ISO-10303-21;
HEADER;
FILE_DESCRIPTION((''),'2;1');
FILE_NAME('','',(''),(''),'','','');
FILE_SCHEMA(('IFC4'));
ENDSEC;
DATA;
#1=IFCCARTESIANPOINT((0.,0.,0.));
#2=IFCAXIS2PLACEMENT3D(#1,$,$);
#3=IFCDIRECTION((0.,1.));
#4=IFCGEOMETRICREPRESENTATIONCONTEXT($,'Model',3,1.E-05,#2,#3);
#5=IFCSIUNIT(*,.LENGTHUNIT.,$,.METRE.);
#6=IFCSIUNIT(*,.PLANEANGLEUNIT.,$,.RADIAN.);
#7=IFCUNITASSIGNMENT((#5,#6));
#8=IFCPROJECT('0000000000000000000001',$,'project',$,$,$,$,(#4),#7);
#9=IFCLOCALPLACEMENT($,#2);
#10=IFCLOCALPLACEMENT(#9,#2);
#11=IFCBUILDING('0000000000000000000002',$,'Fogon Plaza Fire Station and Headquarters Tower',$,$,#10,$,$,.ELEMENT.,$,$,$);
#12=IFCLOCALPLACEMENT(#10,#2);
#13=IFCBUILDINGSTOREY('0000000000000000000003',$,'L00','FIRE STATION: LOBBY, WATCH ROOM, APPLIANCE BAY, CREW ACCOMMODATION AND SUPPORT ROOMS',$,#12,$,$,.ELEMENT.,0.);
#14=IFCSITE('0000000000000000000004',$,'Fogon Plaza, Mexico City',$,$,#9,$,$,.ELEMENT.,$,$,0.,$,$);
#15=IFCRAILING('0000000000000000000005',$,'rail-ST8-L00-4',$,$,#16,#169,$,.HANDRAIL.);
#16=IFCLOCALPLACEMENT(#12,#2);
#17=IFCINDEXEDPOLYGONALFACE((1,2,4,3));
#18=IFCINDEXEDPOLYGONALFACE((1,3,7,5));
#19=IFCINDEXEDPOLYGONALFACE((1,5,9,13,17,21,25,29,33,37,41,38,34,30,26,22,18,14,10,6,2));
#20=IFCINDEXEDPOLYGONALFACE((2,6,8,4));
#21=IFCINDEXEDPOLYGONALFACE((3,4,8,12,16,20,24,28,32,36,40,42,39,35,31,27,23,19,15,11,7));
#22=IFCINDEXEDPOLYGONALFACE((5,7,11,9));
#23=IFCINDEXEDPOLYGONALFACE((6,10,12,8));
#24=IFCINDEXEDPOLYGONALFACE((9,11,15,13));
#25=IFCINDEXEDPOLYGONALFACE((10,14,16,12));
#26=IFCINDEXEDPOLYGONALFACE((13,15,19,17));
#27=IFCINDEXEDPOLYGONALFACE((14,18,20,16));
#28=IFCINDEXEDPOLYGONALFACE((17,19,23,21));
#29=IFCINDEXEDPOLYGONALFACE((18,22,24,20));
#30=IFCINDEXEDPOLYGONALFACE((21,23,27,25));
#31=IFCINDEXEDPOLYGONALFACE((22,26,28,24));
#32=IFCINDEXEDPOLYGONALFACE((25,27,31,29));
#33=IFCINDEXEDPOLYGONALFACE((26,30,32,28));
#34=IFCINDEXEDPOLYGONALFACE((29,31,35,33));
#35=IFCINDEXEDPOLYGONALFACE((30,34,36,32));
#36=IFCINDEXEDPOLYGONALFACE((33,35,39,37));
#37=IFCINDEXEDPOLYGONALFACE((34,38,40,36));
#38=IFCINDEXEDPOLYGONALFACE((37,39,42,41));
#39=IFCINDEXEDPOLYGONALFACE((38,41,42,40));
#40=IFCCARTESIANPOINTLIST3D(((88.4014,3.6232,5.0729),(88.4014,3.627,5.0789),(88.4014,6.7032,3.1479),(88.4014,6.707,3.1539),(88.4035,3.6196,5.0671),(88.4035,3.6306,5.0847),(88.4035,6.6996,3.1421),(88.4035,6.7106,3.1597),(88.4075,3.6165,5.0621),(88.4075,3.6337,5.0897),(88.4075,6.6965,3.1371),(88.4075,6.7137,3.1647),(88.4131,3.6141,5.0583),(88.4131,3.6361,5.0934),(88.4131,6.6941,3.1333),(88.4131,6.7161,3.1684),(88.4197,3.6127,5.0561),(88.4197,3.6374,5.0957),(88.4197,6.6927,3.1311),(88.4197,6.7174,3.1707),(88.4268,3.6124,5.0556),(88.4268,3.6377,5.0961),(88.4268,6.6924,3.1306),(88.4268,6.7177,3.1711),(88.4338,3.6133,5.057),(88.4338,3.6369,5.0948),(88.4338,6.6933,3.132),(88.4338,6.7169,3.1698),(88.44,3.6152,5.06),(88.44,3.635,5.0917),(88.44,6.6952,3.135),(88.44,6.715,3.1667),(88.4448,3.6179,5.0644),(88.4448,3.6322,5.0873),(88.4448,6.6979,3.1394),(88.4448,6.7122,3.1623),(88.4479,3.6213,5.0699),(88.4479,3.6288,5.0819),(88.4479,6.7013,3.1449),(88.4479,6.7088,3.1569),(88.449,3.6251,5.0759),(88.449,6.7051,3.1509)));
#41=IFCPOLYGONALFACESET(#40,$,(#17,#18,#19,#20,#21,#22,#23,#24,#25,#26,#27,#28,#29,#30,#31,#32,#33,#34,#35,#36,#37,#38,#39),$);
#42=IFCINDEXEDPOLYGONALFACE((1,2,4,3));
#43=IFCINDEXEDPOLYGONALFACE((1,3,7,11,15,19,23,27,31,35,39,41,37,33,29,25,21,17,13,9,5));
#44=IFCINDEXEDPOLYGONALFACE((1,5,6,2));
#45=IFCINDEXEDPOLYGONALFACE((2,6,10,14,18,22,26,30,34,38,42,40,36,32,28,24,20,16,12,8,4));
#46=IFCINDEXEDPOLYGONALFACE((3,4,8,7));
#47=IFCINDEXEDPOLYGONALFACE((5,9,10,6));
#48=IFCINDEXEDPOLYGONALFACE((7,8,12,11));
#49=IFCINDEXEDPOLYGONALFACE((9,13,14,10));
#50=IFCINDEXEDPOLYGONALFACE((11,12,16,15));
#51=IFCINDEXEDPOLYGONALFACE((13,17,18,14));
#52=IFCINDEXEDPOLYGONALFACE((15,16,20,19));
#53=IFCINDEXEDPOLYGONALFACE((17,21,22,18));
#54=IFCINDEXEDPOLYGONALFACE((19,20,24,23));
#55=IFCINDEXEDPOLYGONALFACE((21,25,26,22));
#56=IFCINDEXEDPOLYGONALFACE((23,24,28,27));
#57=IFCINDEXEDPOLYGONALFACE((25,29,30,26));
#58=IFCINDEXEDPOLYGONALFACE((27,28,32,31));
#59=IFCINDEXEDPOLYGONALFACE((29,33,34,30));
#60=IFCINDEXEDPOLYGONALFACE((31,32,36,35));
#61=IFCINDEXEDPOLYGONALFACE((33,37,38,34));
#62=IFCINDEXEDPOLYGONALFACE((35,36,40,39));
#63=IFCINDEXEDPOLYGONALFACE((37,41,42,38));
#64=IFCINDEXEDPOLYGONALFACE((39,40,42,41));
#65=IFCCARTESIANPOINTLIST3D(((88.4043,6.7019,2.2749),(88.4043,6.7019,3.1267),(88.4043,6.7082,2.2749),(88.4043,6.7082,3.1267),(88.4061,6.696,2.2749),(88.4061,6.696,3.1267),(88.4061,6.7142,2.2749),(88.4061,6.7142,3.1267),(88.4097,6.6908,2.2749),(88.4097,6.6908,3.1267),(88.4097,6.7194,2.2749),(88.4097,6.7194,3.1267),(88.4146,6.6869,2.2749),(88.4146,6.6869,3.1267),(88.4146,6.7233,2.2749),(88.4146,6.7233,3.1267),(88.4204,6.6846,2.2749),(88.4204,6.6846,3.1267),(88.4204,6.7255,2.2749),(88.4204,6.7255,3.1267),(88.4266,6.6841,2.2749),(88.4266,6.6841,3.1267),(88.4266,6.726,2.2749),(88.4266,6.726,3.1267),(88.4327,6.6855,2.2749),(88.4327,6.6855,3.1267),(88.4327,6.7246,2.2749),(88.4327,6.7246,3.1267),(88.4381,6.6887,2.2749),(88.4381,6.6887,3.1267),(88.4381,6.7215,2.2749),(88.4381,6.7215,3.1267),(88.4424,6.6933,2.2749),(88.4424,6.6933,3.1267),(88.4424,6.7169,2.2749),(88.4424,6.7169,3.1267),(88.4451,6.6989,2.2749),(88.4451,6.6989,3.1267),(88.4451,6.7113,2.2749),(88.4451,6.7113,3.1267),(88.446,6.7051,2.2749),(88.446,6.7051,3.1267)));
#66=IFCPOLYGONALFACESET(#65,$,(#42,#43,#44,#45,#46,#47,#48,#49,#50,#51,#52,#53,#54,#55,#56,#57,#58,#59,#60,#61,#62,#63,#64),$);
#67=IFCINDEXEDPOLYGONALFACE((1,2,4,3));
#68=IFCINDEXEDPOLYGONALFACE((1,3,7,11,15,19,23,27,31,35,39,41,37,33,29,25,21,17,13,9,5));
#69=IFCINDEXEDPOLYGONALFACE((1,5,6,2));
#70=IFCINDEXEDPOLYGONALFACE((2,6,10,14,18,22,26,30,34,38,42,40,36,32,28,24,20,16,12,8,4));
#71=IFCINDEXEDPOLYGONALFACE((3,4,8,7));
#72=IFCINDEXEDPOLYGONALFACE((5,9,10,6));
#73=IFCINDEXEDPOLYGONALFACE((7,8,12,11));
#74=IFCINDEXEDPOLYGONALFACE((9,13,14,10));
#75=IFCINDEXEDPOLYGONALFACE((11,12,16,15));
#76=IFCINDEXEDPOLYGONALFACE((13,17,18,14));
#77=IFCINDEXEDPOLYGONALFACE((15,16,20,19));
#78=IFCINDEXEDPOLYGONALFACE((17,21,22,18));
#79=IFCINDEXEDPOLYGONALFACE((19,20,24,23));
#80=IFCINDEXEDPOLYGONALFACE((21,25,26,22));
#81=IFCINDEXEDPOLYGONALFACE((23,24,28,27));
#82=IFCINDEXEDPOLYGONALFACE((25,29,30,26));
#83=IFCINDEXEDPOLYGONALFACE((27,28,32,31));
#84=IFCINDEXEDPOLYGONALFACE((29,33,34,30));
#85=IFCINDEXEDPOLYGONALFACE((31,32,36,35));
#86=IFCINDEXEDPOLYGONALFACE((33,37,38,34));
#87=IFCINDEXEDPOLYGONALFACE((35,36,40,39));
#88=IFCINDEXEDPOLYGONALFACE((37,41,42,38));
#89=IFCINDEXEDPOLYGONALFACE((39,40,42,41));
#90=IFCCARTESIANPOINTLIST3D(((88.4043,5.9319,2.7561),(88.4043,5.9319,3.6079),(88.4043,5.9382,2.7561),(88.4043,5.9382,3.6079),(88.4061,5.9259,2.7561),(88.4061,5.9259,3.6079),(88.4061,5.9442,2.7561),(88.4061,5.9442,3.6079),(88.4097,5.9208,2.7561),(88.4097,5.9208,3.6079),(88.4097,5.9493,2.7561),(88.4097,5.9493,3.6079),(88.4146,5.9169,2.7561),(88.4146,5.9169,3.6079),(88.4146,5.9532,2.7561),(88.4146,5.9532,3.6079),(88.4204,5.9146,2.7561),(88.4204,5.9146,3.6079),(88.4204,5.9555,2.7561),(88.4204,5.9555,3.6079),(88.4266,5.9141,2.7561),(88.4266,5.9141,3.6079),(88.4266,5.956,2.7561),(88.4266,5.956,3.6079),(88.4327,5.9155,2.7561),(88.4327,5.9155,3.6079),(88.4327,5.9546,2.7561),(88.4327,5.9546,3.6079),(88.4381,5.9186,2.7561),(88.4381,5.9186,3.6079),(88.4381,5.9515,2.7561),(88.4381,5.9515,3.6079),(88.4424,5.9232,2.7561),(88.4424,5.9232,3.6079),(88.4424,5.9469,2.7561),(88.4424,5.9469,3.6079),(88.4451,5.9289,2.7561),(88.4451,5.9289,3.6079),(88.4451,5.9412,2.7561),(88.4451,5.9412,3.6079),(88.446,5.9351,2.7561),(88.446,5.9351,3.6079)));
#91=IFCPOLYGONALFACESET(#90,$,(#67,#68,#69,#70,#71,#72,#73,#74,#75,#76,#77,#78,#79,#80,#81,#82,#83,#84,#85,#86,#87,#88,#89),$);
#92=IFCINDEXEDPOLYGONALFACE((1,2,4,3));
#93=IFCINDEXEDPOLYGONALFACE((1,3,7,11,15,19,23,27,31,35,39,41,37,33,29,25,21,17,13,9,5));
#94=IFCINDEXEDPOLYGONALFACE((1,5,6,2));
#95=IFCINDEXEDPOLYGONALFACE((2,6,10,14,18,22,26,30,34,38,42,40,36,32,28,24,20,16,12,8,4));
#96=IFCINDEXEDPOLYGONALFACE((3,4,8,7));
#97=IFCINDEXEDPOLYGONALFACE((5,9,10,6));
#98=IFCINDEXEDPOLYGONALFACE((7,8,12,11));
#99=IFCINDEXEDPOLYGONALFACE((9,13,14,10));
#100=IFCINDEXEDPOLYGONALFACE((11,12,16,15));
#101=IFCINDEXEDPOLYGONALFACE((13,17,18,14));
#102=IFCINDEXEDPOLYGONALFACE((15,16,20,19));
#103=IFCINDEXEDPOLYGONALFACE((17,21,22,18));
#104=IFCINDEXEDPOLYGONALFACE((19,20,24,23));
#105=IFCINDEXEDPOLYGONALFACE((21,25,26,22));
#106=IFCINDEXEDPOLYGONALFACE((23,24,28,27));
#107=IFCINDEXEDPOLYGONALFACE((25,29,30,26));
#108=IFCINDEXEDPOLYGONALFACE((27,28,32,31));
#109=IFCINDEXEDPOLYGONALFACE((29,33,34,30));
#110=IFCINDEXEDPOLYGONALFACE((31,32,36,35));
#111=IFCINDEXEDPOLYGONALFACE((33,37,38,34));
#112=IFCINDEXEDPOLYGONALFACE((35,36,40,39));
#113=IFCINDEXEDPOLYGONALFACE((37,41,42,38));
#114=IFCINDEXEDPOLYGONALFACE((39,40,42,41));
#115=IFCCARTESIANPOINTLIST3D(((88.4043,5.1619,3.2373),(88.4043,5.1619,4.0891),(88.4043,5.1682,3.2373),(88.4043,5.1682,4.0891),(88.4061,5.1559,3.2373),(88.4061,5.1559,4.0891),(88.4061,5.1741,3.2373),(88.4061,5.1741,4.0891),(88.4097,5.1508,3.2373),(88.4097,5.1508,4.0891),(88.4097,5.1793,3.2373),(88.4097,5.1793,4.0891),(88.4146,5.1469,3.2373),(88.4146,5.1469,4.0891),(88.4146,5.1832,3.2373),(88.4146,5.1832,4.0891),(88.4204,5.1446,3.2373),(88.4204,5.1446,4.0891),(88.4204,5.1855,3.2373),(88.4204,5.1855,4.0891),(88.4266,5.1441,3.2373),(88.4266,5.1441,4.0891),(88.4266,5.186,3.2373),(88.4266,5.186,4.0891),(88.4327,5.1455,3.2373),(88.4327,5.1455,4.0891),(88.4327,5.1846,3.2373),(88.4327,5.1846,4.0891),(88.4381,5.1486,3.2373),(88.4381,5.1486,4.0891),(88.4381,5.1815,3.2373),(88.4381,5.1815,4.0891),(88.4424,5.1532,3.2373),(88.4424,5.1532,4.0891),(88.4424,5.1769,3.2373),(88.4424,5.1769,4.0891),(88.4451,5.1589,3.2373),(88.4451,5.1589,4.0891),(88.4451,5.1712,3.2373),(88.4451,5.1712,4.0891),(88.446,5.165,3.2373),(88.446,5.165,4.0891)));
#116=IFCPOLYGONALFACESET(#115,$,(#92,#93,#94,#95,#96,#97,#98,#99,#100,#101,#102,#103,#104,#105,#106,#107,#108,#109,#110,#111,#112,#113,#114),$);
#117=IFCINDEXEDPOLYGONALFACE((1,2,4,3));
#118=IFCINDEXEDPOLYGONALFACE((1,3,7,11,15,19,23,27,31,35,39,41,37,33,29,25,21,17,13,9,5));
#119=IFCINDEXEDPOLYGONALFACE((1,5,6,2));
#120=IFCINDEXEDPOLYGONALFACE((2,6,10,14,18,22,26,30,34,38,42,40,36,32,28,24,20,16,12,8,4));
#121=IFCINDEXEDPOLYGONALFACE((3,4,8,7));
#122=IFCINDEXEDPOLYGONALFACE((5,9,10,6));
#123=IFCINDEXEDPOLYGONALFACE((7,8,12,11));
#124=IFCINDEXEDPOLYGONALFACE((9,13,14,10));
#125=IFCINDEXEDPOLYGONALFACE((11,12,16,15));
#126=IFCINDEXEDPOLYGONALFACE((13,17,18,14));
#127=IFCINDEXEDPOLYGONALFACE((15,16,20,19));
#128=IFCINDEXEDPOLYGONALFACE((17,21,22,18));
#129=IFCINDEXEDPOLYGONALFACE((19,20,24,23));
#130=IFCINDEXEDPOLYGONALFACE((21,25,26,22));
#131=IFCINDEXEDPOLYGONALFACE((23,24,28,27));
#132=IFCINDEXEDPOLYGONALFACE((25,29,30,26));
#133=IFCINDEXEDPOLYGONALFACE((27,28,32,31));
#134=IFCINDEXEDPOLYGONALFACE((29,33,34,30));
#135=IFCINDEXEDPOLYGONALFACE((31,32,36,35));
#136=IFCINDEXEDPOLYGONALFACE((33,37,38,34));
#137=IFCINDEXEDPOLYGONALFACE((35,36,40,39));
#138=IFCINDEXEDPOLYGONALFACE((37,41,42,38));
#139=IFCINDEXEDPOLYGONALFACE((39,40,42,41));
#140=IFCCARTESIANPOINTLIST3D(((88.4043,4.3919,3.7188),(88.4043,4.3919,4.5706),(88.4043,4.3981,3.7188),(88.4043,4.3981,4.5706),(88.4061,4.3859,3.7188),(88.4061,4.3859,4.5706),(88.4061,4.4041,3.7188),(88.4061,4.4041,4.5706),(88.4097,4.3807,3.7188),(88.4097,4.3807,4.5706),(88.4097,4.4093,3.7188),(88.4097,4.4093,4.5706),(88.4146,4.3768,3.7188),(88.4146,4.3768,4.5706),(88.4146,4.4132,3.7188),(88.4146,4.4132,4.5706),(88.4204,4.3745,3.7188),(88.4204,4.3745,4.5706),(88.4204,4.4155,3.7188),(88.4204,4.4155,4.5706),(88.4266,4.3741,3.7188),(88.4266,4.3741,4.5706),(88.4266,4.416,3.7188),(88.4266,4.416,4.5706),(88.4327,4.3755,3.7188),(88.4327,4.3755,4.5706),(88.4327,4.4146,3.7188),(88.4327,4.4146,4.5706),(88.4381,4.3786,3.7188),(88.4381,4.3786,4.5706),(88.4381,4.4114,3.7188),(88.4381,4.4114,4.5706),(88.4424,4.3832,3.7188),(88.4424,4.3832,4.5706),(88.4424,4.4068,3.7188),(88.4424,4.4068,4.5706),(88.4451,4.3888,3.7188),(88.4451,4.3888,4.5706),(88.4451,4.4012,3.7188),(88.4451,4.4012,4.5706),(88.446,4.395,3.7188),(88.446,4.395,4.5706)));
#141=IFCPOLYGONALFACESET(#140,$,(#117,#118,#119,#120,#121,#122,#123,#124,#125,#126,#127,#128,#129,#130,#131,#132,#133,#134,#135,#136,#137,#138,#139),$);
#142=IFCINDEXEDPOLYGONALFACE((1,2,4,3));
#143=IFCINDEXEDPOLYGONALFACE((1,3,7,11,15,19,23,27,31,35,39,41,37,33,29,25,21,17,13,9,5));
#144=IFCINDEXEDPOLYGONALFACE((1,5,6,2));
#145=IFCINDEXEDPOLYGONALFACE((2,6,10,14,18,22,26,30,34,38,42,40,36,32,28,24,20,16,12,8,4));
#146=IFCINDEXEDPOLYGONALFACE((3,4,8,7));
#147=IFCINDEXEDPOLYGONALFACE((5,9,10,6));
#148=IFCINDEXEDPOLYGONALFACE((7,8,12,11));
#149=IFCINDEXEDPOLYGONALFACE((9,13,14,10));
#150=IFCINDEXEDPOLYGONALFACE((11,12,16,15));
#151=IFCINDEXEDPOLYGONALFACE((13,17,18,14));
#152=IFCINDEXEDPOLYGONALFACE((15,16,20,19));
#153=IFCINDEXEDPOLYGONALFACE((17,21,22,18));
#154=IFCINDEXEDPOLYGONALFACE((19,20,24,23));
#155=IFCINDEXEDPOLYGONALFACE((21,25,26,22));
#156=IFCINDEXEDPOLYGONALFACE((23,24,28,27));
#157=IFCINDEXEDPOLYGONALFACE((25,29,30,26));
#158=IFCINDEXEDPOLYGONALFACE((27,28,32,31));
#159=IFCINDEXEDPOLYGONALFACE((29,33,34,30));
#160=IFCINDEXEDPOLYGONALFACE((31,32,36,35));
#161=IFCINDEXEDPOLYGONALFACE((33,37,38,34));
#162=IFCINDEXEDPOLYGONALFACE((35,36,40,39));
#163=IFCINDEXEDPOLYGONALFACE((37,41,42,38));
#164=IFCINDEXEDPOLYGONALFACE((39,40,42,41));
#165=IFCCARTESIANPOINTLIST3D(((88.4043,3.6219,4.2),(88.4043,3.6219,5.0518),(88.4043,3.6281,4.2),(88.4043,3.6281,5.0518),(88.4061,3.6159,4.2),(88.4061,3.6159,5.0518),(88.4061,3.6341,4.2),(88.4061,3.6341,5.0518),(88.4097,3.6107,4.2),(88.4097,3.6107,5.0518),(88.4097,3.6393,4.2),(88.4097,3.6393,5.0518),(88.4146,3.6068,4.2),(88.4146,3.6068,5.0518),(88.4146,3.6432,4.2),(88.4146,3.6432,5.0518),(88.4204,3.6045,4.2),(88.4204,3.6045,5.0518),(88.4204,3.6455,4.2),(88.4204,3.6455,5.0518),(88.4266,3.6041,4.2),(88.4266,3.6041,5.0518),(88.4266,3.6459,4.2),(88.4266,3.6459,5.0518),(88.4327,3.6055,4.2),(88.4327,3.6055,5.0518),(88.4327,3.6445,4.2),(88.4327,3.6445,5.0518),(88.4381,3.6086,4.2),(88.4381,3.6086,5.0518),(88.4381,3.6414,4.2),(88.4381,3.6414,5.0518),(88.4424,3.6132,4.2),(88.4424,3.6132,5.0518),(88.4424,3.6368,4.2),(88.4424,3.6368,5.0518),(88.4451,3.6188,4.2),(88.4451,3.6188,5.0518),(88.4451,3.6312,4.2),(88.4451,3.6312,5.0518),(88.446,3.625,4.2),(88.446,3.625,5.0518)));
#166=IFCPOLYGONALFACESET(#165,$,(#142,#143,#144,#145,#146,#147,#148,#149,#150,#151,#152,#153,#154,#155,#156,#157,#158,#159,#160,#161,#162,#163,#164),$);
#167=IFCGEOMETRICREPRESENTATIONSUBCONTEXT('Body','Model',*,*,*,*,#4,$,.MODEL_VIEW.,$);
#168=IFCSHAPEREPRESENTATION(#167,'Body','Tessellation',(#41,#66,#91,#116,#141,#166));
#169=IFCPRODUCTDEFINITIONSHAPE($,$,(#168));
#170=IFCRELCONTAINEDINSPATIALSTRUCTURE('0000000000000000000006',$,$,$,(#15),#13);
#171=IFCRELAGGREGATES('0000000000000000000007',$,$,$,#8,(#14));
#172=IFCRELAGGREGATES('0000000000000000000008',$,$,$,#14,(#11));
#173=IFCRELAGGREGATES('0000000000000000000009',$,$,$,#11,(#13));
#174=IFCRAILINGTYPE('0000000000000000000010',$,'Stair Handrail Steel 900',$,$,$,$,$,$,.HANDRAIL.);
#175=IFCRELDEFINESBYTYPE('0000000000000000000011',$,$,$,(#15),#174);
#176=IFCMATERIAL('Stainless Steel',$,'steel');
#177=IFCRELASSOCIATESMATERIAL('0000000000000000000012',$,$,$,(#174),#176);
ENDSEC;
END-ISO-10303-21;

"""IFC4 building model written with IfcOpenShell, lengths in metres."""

from ifc_helpers import new_model, si_unit, direction, frame, origin, origin_2d, place, context, subcontext, project, spatial, circle, extrude, material, type_object, element, save


model = new_model("IFC4")

# Units and contexts
model_context = context("Model", 3, precision=1e-05, world=origin(), true_north=direction((0.0, 1.0)))
body_context = subcontext(model_context, "Body", "Model", "MODEL_VIEW")
ifc_project = project(units=[si_unit("LENGTHUNIT", "METRE"), si_unit("PLANEANGLEUNIT", "RADIAN")], contexts=[model_context])

# Site, building, storey
site_placement = place(None, origin())
site = spatial("IfcSite", under=ifc_project, at=site_placement, Name="Fogon Plaza, Mexico City", CompositionType="ELEMENT", RefElevation=0.0)
building_placement = place(site_placement, origin())
building = spatial("IfcBuilding", under=site, at=building_placement, Name="Fogon Plaza Fire Station and Headquarters Tower", CompositionType="ELEMENT")
storey_placement = place(building_placement, origin())
storey = spatial("IfcBuildingStorey", under=building, at=storey_placement, Name="L00", Description="FIRE STATION: LOBBY, WATCH ROOM, APPLIANCE BAY, CREW ACCOMMODATION AND SUPPORT ROOMS", CompositionType="ELEMENT", Elevation=0.0)

# Railing
ifc_material_1 = material(Name="Stainless Steel", Category="steel")
railing_type = type_object("IfcRailingType", Name="Stair Handrail Steel 900", PredefinedType="HANDRAIL", material=ifc_material_1)
for number, where, name in (
    (1, (88.425, 6.7051, 2.2749), "rail-ST8-L00-4"),
):
    element("IfcRailing", number, at=place(storey_placement, frame(where)), inside=storey, type_object=railing_type, Name=name, PredefinedType="HANDRAIL", context=body_context, shape_type="SweptSolid", body=[
        extrude(circle(Radius=0.0239, at=origin_2d()), frame((0.0, 0.0, 0.876), z_axis=(0.0, -0.847998, 0.529999), x_axis=(1.0, 0.0, 0.0)), (0.0, 0.0, 1.0), 3.6321),
        extrude(circle(Radius=0.021, at=origin_2d()), origin(), (0.0, 0.0, 1.0), 0.8518),
        extrude(circle(Radius=0.021, at=origin_2d()), frame((0.0, -0.77, 0.4812)), (0.0, 0.0, 1.0), 0.8518),
        extrude(circle(Radius=0.021, at=origin_2d()), frame((0.0, -1.54, 0.9624)), (0.0, 0.0, 1.0), 0.8518),
        extrude(circle(Radius=0.021, at=origin_2d()), frame((0.0, -2.3101, 1.4438)), (0.0, 0.0, 1.0), 0.8518),
        extrude(circle(Radius=0.021, at=origin_2d()), frame((0.0, -3.0801, 1.925)), (0.0, 0.0, 1.0), 0.8518),
    ])

save(model, "model.ifc")
